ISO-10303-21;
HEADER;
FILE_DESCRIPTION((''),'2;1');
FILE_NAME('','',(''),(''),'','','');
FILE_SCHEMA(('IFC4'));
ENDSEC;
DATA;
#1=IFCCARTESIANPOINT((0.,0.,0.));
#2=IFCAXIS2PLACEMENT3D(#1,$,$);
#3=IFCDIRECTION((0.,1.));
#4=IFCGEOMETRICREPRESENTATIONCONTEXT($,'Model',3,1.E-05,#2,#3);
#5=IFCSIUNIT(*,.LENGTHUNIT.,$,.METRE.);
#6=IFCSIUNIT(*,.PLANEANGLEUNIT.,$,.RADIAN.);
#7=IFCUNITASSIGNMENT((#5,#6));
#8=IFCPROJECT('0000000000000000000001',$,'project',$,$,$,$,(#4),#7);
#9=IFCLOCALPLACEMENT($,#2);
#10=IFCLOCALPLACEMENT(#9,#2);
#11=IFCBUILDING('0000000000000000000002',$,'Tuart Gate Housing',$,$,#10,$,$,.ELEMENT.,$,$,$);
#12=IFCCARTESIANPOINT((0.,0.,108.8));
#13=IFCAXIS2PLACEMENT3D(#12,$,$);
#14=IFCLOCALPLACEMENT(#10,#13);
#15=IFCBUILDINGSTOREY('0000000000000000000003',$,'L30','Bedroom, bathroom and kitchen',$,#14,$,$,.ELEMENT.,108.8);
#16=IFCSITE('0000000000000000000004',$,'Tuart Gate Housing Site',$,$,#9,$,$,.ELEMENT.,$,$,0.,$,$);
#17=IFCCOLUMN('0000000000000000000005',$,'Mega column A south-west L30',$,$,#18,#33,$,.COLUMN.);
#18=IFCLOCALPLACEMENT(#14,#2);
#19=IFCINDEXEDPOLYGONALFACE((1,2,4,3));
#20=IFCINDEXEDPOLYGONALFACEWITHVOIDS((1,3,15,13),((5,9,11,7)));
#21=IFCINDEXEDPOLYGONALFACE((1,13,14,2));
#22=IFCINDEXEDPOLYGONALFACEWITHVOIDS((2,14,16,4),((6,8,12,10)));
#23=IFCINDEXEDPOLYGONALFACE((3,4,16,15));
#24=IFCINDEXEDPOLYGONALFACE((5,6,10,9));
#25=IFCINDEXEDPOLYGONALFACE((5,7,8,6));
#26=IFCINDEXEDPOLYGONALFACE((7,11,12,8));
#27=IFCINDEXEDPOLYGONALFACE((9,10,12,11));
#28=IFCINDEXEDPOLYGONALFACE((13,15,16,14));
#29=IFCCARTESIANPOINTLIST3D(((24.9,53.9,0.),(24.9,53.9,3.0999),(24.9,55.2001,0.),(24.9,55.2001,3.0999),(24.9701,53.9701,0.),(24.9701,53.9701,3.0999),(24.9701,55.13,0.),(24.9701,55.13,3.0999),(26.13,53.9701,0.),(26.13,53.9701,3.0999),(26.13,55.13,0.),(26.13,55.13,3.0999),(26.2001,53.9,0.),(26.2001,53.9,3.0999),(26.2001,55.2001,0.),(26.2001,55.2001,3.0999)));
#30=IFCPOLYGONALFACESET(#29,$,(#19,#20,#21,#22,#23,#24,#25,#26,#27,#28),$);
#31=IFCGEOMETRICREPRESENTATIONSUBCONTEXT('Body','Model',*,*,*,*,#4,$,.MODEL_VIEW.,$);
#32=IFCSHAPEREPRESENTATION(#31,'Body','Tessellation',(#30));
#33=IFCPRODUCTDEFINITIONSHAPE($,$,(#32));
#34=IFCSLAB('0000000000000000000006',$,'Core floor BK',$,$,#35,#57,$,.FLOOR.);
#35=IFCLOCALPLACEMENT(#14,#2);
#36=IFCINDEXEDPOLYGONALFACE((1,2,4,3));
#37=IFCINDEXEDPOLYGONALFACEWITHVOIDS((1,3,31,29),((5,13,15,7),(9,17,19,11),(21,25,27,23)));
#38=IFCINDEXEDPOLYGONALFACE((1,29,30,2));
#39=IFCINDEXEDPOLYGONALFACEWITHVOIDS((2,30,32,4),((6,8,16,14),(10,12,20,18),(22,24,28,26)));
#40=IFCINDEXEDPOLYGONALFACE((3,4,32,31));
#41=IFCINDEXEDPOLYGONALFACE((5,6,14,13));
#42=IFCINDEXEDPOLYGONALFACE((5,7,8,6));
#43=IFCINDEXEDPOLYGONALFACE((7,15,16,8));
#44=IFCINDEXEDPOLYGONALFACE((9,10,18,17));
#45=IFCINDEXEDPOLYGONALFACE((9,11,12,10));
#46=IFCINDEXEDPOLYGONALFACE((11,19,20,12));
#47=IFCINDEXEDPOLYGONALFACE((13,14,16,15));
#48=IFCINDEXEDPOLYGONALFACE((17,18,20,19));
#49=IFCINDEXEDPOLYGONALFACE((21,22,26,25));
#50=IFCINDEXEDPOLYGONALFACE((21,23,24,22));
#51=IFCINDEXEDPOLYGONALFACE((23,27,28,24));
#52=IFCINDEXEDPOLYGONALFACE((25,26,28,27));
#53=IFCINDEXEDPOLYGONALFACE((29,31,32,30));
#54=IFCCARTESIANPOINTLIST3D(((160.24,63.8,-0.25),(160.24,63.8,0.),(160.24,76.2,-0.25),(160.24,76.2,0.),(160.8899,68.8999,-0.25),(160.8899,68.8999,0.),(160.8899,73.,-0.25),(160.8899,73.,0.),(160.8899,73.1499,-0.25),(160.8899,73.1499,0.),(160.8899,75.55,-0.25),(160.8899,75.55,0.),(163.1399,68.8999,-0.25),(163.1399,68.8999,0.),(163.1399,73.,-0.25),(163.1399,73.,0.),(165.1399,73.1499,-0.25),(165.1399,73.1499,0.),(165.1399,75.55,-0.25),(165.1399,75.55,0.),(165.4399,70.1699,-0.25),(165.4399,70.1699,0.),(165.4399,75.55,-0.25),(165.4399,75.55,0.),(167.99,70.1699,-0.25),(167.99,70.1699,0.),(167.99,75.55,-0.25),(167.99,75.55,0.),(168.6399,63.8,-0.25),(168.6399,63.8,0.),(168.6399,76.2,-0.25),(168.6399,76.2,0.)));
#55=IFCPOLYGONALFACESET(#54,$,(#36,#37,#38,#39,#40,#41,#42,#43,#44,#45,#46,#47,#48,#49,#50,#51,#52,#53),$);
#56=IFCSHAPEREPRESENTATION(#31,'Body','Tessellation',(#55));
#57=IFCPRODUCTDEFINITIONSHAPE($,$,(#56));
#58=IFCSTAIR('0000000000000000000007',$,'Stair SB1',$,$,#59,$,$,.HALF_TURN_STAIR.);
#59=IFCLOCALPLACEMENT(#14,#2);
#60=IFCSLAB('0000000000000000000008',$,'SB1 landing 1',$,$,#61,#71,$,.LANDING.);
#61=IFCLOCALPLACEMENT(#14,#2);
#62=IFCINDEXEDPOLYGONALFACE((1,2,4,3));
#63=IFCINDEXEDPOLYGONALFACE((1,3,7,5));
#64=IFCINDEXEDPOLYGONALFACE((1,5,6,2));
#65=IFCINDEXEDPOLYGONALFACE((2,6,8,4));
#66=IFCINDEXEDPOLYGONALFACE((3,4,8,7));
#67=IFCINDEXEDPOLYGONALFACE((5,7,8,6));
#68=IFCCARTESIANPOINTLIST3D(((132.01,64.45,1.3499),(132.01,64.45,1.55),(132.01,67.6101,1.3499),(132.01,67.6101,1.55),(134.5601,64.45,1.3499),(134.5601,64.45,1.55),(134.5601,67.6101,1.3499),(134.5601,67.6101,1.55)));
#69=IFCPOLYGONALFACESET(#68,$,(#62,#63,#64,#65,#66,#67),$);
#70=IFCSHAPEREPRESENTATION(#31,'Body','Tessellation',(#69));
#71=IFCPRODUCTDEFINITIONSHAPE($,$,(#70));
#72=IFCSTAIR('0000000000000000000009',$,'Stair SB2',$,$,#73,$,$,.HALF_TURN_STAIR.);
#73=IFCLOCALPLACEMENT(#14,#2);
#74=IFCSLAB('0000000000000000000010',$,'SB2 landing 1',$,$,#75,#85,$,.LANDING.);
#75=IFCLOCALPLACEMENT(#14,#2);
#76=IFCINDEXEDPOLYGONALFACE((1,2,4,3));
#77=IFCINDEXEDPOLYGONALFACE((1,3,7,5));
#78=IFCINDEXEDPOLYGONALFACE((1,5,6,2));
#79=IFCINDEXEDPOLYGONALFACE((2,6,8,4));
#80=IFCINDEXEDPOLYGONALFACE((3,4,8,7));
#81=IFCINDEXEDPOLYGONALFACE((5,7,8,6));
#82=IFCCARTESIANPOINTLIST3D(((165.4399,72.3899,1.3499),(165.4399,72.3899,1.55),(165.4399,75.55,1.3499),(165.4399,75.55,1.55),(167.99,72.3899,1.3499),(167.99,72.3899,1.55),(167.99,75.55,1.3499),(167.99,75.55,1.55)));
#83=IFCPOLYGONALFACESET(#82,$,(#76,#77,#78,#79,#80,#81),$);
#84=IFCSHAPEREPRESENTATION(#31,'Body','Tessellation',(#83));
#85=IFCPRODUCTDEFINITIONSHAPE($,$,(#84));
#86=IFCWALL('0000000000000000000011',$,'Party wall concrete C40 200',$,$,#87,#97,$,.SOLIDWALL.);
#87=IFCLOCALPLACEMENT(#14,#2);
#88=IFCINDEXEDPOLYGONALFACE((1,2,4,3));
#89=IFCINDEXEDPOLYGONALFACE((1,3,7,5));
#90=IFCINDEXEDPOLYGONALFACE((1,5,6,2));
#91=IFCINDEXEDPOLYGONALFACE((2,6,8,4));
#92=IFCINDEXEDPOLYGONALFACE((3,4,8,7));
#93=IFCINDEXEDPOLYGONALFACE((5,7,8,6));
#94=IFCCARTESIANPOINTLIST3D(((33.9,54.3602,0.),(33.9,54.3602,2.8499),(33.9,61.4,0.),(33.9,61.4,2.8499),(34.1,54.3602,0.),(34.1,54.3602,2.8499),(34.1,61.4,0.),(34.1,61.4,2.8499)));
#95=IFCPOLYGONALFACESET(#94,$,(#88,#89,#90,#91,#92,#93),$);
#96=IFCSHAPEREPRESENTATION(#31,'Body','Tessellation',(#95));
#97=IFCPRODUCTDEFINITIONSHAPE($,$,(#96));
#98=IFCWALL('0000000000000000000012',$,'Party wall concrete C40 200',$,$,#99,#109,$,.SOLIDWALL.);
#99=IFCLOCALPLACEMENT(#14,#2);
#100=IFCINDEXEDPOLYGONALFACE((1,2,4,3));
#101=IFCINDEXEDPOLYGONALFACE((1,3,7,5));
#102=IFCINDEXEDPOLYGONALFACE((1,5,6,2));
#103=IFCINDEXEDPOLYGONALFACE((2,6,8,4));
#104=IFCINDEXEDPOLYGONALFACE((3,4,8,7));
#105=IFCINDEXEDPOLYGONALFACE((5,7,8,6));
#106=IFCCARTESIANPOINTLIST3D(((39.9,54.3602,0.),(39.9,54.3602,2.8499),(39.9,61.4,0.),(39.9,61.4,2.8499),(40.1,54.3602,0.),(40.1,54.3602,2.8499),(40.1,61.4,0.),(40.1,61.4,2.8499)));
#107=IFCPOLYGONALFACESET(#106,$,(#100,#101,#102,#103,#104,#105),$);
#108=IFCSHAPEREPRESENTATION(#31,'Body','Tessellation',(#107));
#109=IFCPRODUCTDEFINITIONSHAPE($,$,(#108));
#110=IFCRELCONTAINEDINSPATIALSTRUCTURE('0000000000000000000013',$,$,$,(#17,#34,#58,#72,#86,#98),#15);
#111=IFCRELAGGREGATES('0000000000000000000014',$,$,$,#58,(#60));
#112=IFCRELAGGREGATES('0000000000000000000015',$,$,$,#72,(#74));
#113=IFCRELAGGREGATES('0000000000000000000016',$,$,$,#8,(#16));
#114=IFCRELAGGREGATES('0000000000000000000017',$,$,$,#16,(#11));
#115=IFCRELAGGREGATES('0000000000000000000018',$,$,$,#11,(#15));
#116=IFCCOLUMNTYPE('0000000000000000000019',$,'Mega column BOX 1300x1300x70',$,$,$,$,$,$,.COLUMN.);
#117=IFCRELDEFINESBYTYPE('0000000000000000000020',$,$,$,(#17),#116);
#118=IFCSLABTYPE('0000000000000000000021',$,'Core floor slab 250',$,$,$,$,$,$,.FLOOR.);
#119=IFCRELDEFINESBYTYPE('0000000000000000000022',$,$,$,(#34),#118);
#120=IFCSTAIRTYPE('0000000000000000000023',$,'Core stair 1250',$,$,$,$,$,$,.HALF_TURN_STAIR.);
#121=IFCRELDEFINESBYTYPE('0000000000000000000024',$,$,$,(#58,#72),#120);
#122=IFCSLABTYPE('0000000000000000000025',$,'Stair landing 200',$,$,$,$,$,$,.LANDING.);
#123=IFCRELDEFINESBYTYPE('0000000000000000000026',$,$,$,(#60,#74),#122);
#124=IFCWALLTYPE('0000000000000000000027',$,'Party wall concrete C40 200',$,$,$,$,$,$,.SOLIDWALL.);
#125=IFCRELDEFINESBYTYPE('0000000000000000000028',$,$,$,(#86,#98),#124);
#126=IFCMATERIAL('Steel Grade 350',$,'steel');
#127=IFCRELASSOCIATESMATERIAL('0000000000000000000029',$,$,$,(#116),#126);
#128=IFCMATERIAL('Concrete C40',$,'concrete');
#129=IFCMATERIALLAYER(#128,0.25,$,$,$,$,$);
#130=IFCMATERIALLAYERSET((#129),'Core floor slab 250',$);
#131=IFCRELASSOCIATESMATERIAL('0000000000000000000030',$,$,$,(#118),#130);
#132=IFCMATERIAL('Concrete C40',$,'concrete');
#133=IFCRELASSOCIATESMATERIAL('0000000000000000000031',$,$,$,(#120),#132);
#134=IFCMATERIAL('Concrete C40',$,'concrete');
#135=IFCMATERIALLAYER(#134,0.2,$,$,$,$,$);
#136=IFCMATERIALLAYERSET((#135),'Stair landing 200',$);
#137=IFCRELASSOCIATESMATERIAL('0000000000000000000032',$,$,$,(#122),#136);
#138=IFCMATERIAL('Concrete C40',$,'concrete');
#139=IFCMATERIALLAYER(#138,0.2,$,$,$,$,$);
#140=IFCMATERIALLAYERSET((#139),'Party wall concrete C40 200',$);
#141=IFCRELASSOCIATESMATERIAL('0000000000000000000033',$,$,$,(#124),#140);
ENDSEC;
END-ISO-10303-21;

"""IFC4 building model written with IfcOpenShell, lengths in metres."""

from ifc_helpers import new_model, si_unit, direction, frame, frame_2d, origin, origin_2d, place, context, subcontext, project, spatial, polyline, rectangle, hollow_rectangle, outline, extrude, material, layer, layer_set, material_profile, profile_set, type_object, element, aggregate, save


model = new_model("IFC4")

# Units and contexts
model_context = context("Model", 3, precision=1e-05, world=origin(), true_north=direction((0.0, 1.0)))
body_context = subcontext(model_context, "Body", "Model", "MODEL_VIEW")
ifc_project = project(units=[si_unit("LENGTHUNIT", "METRE"), si_unit("PLANEANGLEUNIT", "RADIAN")], contexts=[model_context])

# Site, building, storey
site_placement = place(None, origin())
site = spatial("IfcSite", under=ifc_project, at=site_placement, Name="Tuart Gate Housing Site", CompositionType="ELEMENT", RefElevation=0.0)
building_placement = place(site_placement, origin())
building = spatial("IfcBuilding", under=site, at=building_placement, Name="Tuart Gate Housing", CompositionType="ELEMENT")
storey_placement = place(building_placement, frame((0.0, 0.0, 108.8)))
storey = spatial("IfcBuildingStorey", under=building, at=storey_placement, Name="L30", Description="Bedroom, bathroom and kitchen", CompositionType="ELEMENT", Elevation=108.8)

# Column
ifc_material_1 = material(Name="Steel Grade 350", Category="steel")
ifc_material_profile = material_profile(ifc_material_1, hollow_rectangle(XDim=1.3, YDim=1.3, WallThickness=0.0701, at=origin_2d()), Name="BOX 1300x1300x70")
ifc_profile_set = profile_set([ifc_material_profile], Name="Steel Grade 350")
column_type = type_object("IfcColumnType", Name="Mega column BOX 1300x1300x70", PredefinedType="COLUMN", material=ifc_profile_set)
column_placement = place(storey_placement, frame((25.55, 54.55, 0.0), z_axis=(0.0, 0.0, 1.0), x_axis=(1.0, 0.0, 0.0)))
element("IfcColumn", 1, at=column_placement, inside=storey, type_object=column_type, Name="Mega column A south-west L30", PredefinedType="COLUMN", context=body_context, shape_type="SweptSolid", body=[
    extrude(hollow_rectangle(XDim=1.3, YDim=1.3, WallThickness=0.0701, at=origin_2d()), origin(), (0.0, 0.0, 1.0), 3.0999),
])

# Slab
ifc_material_2 = material(Name="Concrete C40", Category="concrete")
ifc_layer_1 = layer(ifc_material_2, 0.25)
ifc_layer_set_1 = layer_set([ifc_layer_1], Name="Core floor slab 250")
slab_type_1 = type_object("IfcSlabType", Name="Core floor slab 250", PredefinedType="FLOOR", material=ifc_layer_set_1)
slab_1_placement = place(storey_placement, frame((0.0, 0.0, -0.25)))
element("IfcSlab", 2, at=slab_1_placement, inside=storey, type_object=slab_type_1, Name="Core floor BK", PredefinedType="FLOOR", context=body_context, shape_type="SweptSolid", body=[
    extrude(outline(polyline([(160.24, 63.8), (168.6399, 63.8), (168.6399, 76.2), (160.24, 76.2), (160.24, 63.8)]), holes=[polyline([(160.8899, 73.1499), (165.1399, 73.1499), (165.1399, 75.55), (160.8899, 75.55), (160.8899, 73.1499)]), polyline([(160.8899, 68.8999), (163.1399, 68.8999), (163.1399, 73.0), (160.8899, 73.0), (160.8899, 68.8999)]), polyline([(165.4399, 70.1699), (167.99, 70.1699), (167.99, 75.55), (165.4399, 75.55), (165.4399, 70.1699)])]), origin(), (0.0, 0.0, 1.0), 0.25),
])

# Stairs, slabs
ifc_material_3 = material(Name="Concrete C40", Category="concrete")
stair_type = type_object("IfcStairType", Name="Core stair 1250", PredefinedType="HALF_TURN_STAIR", material=ifc_material_3)
stair_1_placement = place(storey_placement, origin())
stair_1 = element("IfcStair", 3, at=stair_1_placement, inside=storey, type_object=stair_type, Name="Stair SB1", PredefinedType="HALF_TURN_STAIR")
ifc_material_4 = material(Name="Concrete C40", Category="concrete")
ifc_layer_2 = layer(ifc_material_4, 0.2)
ifc_layer_set_2 = layer_set([ifc_layer_2], Name="Stair landing 200")
slab_type_2 = type_object("IfcSlabType", Name="Stair landing 200", PredefinedType="LANDING", material=ifc_layer_set_2)
slab_2_placement = place(storey_placement, frame((0.0, 0.0, 1.3499)))
slab_2 = element("IfcSlab", 4, at=slab_2_placement, type_object=slab_type_2, Name="SB1 landing 1", PredefinedType="LANDING", context=body_context, shape_type="SweptSolid", body=[
    extrude(outline(polyline([(134.5601, 67.6101), (132.01, 67.6101), (132.01, 64.45), (134.5601, 64.45), (134.5601, 67.6101)])), origin(), (0.0, 0.0, 1.0), 0.2002),
])
aggregate(stair_1, [slab_2])
stair_2_placement = place(storey_placement, origin())
stair_2 = element("IfcStair", 5, at=stair_2_placement, inside=storey, type_object=stair_type, Name="Stair SB2", PredefinedType="HALF_TURN_STAIR")
slab_3_placement = place(storey_placement, frame((0.0, 0.0, 1.3499)))
slab_3 = element("IfcSlab", 6, at=slab_3_placement, type_object=slab_type_2, Name="SB2 landing 1", PredefinedType="LANDING", context=body_context, shape_type="SweptSolid", body=[
    extrude(outline(polyline([(165.4399, 72.3899), (167.99, 72.3899), (167.99, 75.55), (165.4399, 75.55), (165.4399, 72.3899)])), origin(), (0.0, 0.0, 1.0), 0.2002),
])
aggregate(stair_2, [slab_3])

# Walls
ifc_material_5 = material(Name="Concrete C40", Category="concrete")
ifc_layer_3 = layer(ifc_material_5, 0.2)
ifc_layer_set_3 = layer_set([ifc_layer_3], Name="Party wall concrete C40 200")
wall_type_1 = type_object("IfcWallType", Name="Party wall concrete C40 200", PredefinedType="SOLIDWALL", material=ifc_layer_set_3)
for number, where, z_axis, x_axis, name in (
    (7, (34.0, 54.3601, 0.0), (0.0, 0.0, 1.0), (0.0, 1.0, 0.0), "Party wall concrete C40 200"),
    (8, (40.0, 54.3601, 0.0), (0.0, 0.0, 1.0), (0.0, 1.0, 0.0), "Party wall concrete C40 200"),
):
    element("IfcWall", number, at=place(storey_placement, frame(where, z_axis=z_axis, x_axis=x_axis)), inside=storey, type_object=wall_type_1, Name=name, PredefinedType="SOLIDWALL", context=body_context, shape_type="SweptSolid", body=[
        extrude(rectangle(XDim=7.0398, YDim=0.2, at=frame_2d((3.52, 0.0))), origin(), (0.0, 0.0, 1.0), 2.8499),
    ])

save(model, "model.ifc")
